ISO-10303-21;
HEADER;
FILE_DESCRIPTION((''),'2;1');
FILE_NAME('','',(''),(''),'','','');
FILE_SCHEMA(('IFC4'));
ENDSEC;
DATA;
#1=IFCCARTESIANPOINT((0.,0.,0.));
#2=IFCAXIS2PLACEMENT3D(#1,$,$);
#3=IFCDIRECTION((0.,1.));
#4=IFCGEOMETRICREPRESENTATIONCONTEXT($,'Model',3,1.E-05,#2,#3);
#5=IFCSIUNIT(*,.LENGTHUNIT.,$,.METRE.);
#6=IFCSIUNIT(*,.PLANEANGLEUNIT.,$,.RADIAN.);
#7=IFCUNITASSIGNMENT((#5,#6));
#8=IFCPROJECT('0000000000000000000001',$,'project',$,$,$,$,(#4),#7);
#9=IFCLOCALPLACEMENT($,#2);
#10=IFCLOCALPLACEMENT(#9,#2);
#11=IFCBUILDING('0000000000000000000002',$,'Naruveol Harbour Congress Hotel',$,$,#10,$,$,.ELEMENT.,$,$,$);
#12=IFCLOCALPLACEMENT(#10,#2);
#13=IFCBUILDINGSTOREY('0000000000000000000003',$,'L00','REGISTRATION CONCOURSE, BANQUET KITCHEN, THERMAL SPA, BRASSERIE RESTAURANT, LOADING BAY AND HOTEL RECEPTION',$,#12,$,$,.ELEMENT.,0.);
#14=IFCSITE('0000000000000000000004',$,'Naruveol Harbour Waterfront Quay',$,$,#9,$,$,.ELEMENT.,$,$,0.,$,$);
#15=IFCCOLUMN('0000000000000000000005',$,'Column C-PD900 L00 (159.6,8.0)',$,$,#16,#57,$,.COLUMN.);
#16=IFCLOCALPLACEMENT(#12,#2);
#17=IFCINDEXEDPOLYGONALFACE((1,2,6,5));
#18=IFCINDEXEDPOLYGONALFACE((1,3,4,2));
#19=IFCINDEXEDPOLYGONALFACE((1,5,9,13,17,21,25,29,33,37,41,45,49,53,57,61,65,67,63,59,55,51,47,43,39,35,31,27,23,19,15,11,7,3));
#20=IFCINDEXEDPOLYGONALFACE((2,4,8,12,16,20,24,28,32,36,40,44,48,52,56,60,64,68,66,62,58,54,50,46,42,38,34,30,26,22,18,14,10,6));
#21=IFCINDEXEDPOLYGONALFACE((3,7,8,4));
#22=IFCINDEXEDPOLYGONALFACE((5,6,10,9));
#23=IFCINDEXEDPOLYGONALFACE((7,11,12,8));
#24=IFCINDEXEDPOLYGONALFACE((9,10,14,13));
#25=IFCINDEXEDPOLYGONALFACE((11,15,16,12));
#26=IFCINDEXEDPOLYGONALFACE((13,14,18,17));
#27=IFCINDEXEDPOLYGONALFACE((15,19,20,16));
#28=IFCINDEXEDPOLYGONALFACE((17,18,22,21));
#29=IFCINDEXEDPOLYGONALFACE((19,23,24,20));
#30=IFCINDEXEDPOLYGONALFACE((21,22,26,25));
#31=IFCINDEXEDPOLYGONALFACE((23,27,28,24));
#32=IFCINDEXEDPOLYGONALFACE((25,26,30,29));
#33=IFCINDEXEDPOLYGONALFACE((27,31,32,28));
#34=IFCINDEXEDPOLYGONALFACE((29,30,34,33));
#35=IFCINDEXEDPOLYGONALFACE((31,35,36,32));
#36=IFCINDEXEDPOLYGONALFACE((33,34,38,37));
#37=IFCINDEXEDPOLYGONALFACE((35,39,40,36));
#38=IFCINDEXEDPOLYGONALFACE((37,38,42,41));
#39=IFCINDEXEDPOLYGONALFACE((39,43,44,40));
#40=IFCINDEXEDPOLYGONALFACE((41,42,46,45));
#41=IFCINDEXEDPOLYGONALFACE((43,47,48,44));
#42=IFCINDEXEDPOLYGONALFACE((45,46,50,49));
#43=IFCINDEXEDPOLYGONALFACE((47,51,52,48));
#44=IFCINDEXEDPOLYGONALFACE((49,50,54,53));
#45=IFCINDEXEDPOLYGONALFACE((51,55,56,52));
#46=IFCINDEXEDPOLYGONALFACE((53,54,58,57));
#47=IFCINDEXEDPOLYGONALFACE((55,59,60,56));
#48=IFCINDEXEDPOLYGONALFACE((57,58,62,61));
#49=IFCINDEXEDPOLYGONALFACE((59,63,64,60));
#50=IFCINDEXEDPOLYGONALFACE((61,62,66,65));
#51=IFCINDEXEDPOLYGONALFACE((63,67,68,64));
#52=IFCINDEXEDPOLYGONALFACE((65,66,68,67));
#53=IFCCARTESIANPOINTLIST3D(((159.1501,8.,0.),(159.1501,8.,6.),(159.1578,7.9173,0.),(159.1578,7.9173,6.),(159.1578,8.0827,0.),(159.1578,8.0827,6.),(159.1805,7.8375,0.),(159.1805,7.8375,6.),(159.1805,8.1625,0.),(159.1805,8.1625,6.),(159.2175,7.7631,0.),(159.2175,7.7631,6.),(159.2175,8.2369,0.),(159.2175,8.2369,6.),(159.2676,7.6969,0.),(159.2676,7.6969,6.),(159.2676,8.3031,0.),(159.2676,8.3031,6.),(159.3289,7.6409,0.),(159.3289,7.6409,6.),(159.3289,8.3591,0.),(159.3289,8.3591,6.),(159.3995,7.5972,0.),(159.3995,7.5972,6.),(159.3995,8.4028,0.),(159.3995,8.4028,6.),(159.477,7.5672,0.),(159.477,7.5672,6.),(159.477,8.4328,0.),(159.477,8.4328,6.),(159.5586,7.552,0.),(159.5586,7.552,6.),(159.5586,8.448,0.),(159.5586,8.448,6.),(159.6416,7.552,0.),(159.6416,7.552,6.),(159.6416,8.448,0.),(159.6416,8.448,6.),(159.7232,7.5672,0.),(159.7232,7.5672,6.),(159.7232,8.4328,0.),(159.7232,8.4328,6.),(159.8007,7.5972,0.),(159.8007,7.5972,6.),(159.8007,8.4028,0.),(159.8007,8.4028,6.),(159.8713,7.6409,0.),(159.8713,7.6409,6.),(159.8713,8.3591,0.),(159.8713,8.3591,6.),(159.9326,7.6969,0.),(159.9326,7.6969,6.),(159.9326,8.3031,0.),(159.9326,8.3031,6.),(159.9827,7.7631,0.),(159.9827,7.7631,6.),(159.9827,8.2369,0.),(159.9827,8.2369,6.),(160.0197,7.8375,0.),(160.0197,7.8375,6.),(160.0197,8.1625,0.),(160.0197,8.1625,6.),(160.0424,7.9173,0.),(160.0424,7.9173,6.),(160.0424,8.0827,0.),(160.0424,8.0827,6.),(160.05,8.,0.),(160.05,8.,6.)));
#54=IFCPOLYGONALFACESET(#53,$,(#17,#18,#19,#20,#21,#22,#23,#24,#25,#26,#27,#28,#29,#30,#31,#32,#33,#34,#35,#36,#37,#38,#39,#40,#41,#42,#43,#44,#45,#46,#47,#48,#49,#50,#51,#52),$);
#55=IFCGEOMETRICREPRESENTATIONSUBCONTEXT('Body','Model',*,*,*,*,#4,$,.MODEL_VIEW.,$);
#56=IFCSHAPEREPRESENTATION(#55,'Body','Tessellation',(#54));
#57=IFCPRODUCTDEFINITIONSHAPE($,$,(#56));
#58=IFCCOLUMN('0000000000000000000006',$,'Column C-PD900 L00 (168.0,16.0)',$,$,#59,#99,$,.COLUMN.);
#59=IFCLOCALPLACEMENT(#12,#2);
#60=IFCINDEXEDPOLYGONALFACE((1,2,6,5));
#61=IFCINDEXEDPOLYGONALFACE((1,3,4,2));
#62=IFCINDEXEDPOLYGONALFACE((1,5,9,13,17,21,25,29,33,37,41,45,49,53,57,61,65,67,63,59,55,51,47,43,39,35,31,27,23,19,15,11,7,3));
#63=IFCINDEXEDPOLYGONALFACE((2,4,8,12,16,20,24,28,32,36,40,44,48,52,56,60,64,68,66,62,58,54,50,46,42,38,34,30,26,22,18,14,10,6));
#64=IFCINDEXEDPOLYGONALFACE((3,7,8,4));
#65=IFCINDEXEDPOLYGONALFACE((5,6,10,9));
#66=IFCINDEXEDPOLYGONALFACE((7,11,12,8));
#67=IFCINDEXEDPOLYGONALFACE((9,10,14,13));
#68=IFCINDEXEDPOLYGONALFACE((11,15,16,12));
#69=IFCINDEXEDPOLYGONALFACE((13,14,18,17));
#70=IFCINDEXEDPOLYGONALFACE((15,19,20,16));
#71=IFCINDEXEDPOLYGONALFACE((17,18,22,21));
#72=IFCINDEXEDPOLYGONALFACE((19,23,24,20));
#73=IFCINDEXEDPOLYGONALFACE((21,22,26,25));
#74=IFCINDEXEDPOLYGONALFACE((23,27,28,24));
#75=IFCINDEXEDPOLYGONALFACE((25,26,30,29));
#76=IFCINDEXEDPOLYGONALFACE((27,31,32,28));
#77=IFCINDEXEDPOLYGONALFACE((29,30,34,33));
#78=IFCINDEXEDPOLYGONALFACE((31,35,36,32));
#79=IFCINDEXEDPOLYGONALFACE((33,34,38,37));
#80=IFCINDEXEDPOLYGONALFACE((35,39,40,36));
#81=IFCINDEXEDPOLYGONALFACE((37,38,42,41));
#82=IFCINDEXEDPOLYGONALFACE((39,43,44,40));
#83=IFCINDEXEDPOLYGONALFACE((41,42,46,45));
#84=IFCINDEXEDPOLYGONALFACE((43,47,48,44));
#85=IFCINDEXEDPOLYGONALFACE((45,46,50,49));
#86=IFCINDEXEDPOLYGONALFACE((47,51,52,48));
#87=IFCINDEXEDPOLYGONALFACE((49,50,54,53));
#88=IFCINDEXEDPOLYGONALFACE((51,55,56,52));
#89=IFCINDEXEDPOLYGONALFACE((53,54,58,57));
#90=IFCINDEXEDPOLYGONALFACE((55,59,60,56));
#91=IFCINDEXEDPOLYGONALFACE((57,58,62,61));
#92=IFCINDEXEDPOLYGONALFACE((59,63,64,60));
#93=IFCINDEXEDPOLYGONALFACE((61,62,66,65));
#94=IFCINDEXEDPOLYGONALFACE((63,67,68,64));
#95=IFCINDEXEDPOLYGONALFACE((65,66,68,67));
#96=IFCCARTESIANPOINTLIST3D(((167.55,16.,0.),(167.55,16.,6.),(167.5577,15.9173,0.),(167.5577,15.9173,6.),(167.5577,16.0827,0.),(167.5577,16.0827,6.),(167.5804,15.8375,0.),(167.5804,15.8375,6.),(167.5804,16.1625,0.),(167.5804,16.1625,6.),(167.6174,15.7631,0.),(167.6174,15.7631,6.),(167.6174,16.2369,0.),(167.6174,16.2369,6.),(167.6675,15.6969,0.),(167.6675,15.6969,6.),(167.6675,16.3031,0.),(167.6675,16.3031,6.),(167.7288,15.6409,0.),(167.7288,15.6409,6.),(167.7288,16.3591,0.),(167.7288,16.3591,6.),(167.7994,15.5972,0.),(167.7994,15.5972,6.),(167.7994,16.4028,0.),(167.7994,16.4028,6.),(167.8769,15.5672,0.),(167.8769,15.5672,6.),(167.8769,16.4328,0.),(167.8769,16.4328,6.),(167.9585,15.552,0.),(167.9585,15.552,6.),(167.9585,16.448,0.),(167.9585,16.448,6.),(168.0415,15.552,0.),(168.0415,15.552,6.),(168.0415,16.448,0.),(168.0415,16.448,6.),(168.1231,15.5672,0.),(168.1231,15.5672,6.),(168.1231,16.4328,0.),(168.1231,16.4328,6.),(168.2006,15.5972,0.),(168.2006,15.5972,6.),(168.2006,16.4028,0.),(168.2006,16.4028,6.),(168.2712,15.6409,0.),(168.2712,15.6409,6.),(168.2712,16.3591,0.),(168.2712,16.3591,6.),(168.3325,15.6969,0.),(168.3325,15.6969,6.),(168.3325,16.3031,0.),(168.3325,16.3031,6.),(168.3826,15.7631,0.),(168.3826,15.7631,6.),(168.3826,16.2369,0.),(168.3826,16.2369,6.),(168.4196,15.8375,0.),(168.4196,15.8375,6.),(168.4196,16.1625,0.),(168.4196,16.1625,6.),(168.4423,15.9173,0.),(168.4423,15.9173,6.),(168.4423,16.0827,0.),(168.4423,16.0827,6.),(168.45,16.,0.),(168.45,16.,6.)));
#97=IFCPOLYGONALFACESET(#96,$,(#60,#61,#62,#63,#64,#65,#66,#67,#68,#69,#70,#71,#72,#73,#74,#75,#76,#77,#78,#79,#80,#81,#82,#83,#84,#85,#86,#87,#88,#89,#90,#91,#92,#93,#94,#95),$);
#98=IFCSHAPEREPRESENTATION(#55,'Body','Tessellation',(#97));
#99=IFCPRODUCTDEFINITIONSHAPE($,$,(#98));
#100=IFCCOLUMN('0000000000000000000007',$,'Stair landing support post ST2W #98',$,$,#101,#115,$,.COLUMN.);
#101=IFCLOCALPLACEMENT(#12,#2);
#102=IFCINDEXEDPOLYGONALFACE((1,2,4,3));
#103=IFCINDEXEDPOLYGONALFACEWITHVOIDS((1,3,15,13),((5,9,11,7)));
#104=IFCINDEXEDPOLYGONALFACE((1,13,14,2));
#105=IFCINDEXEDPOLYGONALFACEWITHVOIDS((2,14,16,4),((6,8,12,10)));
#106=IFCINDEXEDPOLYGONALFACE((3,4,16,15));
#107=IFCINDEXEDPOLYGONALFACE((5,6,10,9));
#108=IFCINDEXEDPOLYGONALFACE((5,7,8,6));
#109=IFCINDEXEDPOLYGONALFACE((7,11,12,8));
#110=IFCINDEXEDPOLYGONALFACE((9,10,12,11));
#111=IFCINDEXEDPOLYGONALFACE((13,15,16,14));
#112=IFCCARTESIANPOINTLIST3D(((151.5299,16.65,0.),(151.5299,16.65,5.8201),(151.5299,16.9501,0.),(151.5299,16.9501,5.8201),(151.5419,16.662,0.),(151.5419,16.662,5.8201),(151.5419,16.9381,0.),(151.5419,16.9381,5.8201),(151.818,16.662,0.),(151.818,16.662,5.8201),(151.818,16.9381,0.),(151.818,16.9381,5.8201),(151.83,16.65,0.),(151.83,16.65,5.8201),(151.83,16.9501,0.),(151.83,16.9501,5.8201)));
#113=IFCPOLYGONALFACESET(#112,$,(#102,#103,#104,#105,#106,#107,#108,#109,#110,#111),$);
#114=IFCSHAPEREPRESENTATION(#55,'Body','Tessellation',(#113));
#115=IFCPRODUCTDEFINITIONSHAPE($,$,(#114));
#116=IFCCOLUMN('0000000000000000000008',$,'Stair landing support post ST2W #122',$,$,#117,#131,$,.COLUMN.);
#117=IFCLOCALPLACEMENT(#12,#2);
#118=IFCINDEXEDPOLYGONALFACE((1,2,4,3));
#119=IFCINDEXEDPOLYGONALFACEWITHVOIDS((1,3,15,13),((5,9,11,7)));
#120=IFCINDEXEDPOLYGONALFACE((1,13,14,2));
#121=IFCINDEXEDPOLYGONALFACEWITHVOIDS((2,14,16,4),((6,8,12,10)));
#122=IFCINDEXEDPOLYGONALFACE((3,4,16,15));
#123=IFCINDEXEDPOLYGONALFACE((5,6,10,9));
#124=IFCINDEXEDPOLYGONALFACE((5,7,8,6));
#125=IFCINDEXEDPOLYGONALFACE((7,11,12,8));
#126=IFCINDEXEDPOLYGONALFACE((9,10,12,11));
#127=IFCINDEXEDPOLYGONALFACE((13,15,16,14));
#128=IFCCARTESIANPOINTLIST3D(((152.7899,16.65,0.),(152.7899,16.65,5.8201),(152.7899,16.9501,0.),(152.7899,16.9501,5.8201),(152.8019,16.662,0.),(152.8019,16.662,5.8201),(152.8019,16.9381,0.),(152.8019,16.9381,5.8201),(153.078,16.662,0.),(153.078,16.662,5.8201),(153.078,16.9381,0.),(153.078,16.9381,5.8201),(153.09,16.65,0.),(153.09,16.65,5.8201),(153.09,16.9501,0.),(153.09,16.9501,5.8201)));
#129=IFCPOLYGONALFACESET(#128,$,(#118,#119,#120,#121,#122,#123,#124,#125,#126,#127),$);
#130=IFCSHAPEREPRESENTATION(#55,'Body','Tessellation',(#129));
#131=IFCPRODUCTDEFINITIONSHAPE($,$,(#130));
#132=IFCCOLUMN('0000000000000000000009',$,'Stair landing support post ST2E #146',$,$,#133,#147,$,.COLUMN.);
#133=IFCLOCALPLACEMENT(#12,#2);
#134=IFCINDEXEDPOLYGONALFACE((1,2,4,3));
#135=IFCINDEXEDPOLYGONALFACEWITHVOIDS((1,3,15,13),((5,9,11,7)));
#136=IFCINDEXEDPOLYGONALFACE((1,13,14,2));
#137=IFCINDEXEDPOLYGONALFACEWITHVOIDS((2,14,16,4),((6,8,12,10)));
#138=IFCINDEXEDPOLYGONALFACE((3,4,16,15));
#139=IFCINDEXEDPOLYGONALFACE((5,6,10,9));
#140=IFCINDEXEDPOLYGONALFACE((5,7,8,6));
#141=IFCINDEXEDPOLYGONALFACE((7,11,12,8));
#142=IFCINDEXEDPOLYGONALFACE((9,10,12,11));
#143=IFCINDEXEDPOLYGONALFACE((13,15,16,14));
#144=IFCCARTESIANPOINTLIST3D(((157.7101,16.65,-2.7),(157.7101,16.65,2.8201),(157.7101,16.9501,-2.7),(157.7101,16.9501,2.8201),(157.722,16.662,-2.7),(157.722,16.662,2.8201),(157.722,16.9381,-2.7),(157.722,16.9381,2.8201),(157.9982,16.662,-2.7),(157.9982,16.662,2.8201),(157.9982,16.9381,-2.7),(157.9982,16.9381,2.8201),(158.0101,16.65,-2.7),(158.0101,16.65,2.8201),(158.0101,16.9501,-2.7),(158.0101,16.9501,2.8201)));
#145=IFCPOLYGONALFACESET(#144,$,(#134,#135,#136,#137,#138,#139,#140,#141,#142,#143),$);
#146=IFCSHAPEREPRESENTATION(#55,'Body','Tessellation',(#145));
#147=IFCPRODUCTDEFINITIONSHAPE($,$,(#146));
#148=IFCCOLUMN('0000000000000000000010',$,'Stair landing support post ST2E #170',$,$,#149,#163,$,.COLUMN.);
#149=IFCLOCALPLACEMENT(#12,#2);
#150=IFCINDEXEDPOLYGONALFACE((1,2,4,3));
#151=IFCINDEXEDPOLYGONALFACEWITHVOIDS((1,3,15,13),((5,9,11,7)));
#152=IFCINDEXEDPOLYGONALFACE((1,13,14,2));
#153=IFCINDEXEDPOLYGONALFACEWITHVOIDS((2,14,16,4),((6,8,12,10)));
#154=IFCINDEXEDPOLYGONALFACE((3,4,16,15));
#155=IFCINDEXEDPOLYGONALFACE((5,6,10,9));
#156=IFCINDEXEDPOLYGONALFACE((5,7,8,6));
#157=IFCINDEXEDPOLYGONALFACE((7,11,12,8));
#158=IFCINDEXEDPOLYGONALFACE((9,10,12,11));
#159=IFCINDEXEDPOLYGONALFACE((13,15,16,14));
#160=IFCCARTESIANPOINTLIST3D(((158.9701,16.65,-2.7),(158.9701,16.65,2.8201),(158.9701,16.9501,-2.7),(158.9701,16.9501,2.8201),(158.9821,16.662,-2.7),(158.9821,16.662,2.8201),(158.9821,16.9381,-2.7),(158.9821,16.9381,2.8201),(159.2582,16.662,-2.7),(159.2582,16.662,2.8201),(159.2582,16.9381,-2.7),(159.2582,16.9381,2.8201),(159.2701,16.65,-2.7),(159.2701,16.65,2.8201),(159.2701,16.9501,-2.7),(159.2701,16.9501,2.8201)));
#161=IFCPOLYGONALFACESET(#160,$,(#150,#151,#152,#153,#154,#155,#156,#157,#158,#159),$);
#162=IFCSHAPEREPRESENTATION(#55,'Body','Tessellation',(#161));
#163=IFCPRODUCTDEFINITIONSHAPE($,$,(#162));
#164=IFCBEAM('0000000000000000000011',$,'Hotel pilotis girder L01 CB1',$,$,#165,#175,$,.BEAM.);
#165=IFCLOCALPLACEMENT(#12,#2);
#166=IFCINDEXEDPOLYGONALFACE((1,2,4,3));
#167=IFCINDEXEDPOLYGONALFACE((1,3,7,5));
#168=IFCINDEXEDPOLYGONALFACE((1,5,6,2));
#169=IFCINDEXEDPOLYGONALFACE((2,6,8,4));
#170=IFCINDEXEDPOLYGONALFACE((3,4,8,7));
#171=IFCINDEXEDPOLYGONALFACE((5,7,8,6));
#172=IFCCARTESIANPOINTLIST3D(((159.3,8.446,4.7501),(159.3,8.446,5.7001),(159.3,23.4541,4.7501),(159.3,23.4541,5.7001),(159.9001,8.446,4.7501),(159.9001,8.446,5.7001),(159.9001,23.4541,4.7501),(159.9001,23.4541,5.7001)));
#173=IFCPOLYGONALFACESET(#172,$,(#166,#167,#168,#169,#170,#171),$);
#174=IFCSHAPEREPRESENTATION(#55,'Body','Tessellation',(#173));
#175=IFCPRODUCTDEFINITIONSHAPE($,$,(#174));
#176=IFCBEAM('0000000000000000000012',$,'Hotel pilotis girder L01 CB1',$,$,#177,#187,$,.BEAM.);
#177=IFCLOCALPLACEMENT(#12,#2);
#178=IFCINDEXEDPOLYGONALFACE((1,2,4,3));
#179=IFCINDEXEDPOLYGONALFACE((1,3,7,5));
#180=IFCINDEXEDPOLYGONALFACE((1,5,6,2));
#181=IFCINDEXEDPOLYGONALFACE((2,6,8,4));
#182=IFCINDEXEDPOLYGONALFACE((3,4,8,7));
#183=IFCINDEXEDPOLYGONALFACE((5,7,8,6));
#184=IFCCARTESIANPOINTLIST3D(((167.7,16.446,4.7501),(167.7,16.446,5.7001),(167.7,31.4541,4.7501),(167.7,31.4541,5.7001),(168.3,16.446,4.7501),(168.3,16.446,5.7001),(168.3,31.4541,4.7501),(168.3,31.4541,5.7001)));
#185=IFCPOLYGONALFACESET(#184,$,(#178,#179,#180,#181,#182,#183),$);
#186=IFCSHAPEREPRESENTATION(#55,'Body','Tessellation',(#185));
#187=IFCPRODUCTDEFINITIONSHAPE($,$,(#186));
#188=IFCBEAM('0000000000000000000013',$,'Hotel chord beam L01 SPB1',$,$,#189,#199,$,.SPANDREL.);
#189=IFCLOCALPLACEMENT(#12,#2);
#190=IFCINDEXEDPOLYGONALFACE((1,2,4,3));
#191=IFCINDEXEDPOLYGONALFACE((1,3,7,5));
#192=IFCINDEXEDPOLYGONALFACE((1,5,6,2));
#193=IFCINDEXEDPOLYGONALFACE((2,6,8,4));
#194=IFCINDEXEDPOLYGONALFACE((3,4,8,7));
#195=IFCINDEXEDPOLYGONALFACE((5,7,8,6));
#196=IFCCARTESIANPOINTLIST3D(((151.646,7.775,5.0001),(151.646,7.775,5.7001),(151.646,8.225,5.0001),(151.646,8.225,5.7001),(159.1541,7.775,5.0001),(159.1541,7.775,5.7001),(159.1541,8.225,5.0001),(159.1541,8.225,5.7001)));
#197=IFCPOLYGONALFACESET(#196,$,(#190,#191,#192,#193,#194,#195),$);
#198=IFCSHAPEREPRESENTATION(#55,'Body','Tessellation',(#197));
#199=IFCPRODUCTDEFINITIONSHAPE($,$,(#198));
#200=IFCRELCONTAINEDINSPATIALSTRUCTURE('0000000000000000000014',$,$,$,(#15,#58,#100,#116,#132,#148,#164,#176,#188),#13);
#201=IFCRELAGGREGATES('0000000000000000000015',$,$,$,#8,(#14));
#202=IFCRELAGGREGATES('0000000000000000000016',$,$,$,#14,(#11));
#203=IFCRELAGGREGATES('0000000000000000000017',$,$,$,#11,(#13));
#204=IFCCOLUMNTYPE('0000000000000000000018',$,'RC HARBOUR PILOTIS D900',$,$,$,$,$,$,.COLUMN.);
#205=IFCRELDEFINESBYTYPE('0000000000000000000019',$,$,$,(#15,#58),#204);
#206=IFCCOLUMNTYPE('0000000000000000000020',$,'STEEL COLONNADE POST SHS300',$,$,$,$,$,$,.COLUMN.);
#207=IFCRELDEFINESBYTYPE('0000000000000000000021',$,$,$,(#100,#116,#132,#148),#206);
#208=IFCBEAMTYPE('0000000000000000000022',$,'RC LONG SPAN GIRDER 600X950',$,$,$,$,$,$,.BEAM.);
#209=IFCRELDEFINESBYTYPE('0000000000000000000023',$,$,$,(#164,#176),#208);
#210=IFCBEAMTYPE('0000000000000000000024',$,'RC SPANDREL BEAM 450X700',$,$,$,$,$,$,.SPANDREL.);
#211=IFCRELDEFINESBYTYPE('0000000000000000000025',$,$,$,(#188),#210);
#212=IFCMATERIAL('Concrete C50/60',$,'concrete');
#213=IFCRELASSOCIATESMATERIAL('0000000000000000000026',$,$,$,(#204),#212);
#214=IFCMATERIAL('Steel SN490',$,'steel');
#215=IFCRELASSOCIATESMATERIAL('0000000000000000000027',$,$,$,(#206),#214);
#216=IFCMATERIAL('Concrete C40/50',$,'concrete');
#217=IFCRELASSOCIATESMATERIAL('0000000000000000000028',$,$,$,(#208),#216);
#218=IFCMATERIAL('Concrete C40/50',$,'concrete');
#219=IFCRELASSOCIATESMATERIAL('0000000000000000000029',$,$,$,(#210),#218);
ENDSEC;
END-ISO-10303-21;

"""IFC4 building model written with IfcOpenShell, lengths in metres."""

from ifc_helpers import new_model, si_unit, direction, frame, origin, origin_2d, place, context, subcontext, project, spatial, rectangle, hollow_rectangle, circle, extrude, material, material_profile, profile_set, type_object, element, save


model = new_model("IFC4")

# Units and contexts
model_context = context("Model", 3, precision=1e-05, world=origin(), true_north=direction((0.0, 1.0)))
body_context = subcontext(model_context, "Body", "Model", "MODEL_VIEW")
ifc_project = project(units=[si_unit("LENGTHUNIT", "METRE"), si_unit("PLANEANGLEUNIT", "RADIAN")], contexts=[model_context])

# Site, building, storey
site_placement = place(None, origin())
site = spatial("IfcSite", under=ifc_project, at=site_placement, Name="Naruveol Harbour Waterfront Quay", CompositionType="ELEMENT", RefElevation=0.0)
building_placement = place(site_placement, origin())
building = spatial("IfcBuilding", under=site, at=building_placement, Name="Naruveol Harbour Congress Hotel", CompositionType="ELEMENT")
storey_placement = place(building_placement, origin())
storey = spatial("IfcBuildingStorey", under=building, at=storey_placement, Name="L00", Description="REGISTRATION CONCOURSE, BANQUET KITCHEN, THERMAL SPA, BRASSERIE RESTAURANT, LOADING BAY AND HOTEL RECEPTION", CompositionType="ELEMENT", Elevation=0.0)

# Columns
ifc_material_1 = material(Name="Concrete C50/60", Category="concrete")
ifc_material_profile_1 = material_profile(ifc_material_1, circle(Radius=0.45, at=origin_2d()), Name="RC-D900")
ifc_profile_set_1 = profile_set([ifc_material_profile_1], Name="Concrete C50/60")
column_type_1 = type_object("IfcColumnType", Name="RC HARBOUR PILOTIS D900", PredefinedType="COLUMN", material=ifc_profile_set_1)
for number, where, z_axis, x_axis, name in (
    (1, (159.6001, 8.0, 0.0), (0.0, 0.0, 1.0), (1.0, 0.0, 0.0), "Column C-PD900 L00 (159.6,8.0)"),
    (2, (168.0, 16.0, 0.0), (0.0, 0.0, 1.0), (1.0, 0.0, 0.0), "Column C-PD900 L00 (168.0,16.0)"),
):
    element("IfcColumn", number, at=place(storey_placement, frame(where, z_axis=z_axis, x_axis=x_axis)), inside=storey, type_object=column_type_1, Name=name, PredefinedType="COLUMN", context=body_context, shape_type="SweptSolid", body=[
        extrude(circle(Radius=0.45, at=origin_2d()), origin(), (0.0, 0.0, 1.0), 6.0),
    ])
ifc_material_2 = material(Name="Steel SN490", Category="steel")
ifc_material_profile_2 = material_profile(ifc_material_2, hollow_rectangle(XDim=0.3, YDim=0.3, WallThickness=0.012, at=origin_2d()), Name="SHS-300x300x12")
ifc_profile_set_2 = profile_set([ifc_material_profile_2], Name="Steel SN490")
column_type_2 = type_object("IfcColumnType", Name="STEEL COLONNADE POST SHS300", PredefinedType="COLUMN", material=ifc_profile_set_2)
for number, where, z_axis, x_axis, name in (
    (3, (151.6799, 16.8, 0.0), (0.0, 0.0, 1.0), (1.0, 0.0, 0.0), "Stair landing support post ST2W #98"),
    (4, (152.9399, 16.8, 0.0), (0.0, 0.0, 1.0), (1.0, 0.0, 0.0), "Stair landing support post ST2W #122"),
):
    element("IfcColumn", number, at=place(storey_placement, frame(where, z_axis=z_axis, x_axis=x_axis)), inside=storey, type_object=column_type_2, Name=name, PredefinedType="COLUMN", context=body_context, shape_type="SweptSolid", body=[
        extrude(hollow_rectangle(XDim=0.3, YDim=0.3, WallThickness=0.012, at=origin_2d()), origin(), (0.0, 0.0, 1.0), 5.8201),
    ])
for number, where, z_axis, x_axis, name in (
    (5, (157.8601, 16.8, -2.7), (0.0, 0.0, 1.0), (1.0, 0.0, 0.0), "Stair landing support post ST2E #146"),
    (6, (159.1201, 16.8, -2.7), (0.0, 0.0, 1.0), (1.0, 0.0, 0.0), "Stair landing support post ST2E #170"),
):
    element("IfcColumn", number, at=place(storey_placement, frame(where, z_axis=z_axis, x_axis=x_axis)), inside=storey, type_object=column_type_2, Name=name, PredefinedType="COLUMN", context=body_context, shape_type="SweptSolid", body=[
        extrude(hollow_rectangle(XDim=0.3, YDim=0.3, WallThickness=0.012, at=origin_2d()), origin(), (0.0, 0.0, 1.0), 5.52),
    ])

# Beams
ifc_material_3 = material(Name="Concrete C40/50", Category="concrete")
ifc_material_profile_3 = material_profile(ifc_material_3, rectangle(XDim=0.6001, YDim=0.95, at=origin_2d()), Name="RCB-600x950")
ifc_profile_set_3 = profile_set([ifc_material_profile_3], Name="Concrete C40/50")
beam_type_1 = type_object("IfcBeamType", Name="RC LONG SPAN GIRDER 600X950", PredefinedType="BEAM", material=ifc_profile_set_3)
for number, where, z_axis, x_axis, name in (
    (7, (159.6001, 8.446, 5.2251), (0.0, 1.0, 0.0), (-1.0, 0.0, 0.0), "Hotel pilotis girder L01 CB1"),
    (8, (168.0, 16.446, 5.2251), (0.0, 1.0, 0.0), (-1.0, 0.0, 0.0), "Hotel pilotis girder L01 CB1"),
):
    element("IfcBeam", number, at=place(storey_placement, frame(where, z_axis=z_axis, x_axis=x_axis)), inside=storey, type_object=beam_type_1, Name=name, PredefinedType="BEAM", context=body_context, shape_type="SweptSolid", body=[
        extrude(rectangle(XDim=0.6001, YDim=0.95, at=origin_2d()), origin(), (0.0, 0.0, 1.0), 15.0081),
    ])
ifc_material_4 = material(Name="Concrete C40/50", Category="concrete")
ifc_material_profile_4 = material_profile(ifc_material_4, rectangle(XDim=0.45, YDim=0.7, at=origin_2d()), Name="RCB-450x700")
ifc_profile_set_4 = profile_set([ifc_material_profile_4], Name="Concrete C40/50")
beam_type_2 = type_object("IfcBeamType", Name="RC SPANDREL BEAM 450X700", PredefinedType="SPANDREL", material=ifc_profile_set_4)
beam_1_placement = place(storey_placement, frame((151.646, 8.0, 5.3501), z_axis=(1.0, 0.0, 0.0), x_axis=(0.0, 1.0, 0.0)))
element("IfcBeam", 9, at=beam_1_placement, inside=storey, type_object=beam_type_2, Name="Hotel chord beam L01 SPB1", PredefinedType="SPANDREL", context=body_context, shape_type="SweptSolid", body=[
    extrude(rectangle(XDim=0.45, YDim=0.7, at=origin_2d()), origin(), (0.0, 0.0, 1.0), 7.5081),
])

save(model, "model.ifc")
